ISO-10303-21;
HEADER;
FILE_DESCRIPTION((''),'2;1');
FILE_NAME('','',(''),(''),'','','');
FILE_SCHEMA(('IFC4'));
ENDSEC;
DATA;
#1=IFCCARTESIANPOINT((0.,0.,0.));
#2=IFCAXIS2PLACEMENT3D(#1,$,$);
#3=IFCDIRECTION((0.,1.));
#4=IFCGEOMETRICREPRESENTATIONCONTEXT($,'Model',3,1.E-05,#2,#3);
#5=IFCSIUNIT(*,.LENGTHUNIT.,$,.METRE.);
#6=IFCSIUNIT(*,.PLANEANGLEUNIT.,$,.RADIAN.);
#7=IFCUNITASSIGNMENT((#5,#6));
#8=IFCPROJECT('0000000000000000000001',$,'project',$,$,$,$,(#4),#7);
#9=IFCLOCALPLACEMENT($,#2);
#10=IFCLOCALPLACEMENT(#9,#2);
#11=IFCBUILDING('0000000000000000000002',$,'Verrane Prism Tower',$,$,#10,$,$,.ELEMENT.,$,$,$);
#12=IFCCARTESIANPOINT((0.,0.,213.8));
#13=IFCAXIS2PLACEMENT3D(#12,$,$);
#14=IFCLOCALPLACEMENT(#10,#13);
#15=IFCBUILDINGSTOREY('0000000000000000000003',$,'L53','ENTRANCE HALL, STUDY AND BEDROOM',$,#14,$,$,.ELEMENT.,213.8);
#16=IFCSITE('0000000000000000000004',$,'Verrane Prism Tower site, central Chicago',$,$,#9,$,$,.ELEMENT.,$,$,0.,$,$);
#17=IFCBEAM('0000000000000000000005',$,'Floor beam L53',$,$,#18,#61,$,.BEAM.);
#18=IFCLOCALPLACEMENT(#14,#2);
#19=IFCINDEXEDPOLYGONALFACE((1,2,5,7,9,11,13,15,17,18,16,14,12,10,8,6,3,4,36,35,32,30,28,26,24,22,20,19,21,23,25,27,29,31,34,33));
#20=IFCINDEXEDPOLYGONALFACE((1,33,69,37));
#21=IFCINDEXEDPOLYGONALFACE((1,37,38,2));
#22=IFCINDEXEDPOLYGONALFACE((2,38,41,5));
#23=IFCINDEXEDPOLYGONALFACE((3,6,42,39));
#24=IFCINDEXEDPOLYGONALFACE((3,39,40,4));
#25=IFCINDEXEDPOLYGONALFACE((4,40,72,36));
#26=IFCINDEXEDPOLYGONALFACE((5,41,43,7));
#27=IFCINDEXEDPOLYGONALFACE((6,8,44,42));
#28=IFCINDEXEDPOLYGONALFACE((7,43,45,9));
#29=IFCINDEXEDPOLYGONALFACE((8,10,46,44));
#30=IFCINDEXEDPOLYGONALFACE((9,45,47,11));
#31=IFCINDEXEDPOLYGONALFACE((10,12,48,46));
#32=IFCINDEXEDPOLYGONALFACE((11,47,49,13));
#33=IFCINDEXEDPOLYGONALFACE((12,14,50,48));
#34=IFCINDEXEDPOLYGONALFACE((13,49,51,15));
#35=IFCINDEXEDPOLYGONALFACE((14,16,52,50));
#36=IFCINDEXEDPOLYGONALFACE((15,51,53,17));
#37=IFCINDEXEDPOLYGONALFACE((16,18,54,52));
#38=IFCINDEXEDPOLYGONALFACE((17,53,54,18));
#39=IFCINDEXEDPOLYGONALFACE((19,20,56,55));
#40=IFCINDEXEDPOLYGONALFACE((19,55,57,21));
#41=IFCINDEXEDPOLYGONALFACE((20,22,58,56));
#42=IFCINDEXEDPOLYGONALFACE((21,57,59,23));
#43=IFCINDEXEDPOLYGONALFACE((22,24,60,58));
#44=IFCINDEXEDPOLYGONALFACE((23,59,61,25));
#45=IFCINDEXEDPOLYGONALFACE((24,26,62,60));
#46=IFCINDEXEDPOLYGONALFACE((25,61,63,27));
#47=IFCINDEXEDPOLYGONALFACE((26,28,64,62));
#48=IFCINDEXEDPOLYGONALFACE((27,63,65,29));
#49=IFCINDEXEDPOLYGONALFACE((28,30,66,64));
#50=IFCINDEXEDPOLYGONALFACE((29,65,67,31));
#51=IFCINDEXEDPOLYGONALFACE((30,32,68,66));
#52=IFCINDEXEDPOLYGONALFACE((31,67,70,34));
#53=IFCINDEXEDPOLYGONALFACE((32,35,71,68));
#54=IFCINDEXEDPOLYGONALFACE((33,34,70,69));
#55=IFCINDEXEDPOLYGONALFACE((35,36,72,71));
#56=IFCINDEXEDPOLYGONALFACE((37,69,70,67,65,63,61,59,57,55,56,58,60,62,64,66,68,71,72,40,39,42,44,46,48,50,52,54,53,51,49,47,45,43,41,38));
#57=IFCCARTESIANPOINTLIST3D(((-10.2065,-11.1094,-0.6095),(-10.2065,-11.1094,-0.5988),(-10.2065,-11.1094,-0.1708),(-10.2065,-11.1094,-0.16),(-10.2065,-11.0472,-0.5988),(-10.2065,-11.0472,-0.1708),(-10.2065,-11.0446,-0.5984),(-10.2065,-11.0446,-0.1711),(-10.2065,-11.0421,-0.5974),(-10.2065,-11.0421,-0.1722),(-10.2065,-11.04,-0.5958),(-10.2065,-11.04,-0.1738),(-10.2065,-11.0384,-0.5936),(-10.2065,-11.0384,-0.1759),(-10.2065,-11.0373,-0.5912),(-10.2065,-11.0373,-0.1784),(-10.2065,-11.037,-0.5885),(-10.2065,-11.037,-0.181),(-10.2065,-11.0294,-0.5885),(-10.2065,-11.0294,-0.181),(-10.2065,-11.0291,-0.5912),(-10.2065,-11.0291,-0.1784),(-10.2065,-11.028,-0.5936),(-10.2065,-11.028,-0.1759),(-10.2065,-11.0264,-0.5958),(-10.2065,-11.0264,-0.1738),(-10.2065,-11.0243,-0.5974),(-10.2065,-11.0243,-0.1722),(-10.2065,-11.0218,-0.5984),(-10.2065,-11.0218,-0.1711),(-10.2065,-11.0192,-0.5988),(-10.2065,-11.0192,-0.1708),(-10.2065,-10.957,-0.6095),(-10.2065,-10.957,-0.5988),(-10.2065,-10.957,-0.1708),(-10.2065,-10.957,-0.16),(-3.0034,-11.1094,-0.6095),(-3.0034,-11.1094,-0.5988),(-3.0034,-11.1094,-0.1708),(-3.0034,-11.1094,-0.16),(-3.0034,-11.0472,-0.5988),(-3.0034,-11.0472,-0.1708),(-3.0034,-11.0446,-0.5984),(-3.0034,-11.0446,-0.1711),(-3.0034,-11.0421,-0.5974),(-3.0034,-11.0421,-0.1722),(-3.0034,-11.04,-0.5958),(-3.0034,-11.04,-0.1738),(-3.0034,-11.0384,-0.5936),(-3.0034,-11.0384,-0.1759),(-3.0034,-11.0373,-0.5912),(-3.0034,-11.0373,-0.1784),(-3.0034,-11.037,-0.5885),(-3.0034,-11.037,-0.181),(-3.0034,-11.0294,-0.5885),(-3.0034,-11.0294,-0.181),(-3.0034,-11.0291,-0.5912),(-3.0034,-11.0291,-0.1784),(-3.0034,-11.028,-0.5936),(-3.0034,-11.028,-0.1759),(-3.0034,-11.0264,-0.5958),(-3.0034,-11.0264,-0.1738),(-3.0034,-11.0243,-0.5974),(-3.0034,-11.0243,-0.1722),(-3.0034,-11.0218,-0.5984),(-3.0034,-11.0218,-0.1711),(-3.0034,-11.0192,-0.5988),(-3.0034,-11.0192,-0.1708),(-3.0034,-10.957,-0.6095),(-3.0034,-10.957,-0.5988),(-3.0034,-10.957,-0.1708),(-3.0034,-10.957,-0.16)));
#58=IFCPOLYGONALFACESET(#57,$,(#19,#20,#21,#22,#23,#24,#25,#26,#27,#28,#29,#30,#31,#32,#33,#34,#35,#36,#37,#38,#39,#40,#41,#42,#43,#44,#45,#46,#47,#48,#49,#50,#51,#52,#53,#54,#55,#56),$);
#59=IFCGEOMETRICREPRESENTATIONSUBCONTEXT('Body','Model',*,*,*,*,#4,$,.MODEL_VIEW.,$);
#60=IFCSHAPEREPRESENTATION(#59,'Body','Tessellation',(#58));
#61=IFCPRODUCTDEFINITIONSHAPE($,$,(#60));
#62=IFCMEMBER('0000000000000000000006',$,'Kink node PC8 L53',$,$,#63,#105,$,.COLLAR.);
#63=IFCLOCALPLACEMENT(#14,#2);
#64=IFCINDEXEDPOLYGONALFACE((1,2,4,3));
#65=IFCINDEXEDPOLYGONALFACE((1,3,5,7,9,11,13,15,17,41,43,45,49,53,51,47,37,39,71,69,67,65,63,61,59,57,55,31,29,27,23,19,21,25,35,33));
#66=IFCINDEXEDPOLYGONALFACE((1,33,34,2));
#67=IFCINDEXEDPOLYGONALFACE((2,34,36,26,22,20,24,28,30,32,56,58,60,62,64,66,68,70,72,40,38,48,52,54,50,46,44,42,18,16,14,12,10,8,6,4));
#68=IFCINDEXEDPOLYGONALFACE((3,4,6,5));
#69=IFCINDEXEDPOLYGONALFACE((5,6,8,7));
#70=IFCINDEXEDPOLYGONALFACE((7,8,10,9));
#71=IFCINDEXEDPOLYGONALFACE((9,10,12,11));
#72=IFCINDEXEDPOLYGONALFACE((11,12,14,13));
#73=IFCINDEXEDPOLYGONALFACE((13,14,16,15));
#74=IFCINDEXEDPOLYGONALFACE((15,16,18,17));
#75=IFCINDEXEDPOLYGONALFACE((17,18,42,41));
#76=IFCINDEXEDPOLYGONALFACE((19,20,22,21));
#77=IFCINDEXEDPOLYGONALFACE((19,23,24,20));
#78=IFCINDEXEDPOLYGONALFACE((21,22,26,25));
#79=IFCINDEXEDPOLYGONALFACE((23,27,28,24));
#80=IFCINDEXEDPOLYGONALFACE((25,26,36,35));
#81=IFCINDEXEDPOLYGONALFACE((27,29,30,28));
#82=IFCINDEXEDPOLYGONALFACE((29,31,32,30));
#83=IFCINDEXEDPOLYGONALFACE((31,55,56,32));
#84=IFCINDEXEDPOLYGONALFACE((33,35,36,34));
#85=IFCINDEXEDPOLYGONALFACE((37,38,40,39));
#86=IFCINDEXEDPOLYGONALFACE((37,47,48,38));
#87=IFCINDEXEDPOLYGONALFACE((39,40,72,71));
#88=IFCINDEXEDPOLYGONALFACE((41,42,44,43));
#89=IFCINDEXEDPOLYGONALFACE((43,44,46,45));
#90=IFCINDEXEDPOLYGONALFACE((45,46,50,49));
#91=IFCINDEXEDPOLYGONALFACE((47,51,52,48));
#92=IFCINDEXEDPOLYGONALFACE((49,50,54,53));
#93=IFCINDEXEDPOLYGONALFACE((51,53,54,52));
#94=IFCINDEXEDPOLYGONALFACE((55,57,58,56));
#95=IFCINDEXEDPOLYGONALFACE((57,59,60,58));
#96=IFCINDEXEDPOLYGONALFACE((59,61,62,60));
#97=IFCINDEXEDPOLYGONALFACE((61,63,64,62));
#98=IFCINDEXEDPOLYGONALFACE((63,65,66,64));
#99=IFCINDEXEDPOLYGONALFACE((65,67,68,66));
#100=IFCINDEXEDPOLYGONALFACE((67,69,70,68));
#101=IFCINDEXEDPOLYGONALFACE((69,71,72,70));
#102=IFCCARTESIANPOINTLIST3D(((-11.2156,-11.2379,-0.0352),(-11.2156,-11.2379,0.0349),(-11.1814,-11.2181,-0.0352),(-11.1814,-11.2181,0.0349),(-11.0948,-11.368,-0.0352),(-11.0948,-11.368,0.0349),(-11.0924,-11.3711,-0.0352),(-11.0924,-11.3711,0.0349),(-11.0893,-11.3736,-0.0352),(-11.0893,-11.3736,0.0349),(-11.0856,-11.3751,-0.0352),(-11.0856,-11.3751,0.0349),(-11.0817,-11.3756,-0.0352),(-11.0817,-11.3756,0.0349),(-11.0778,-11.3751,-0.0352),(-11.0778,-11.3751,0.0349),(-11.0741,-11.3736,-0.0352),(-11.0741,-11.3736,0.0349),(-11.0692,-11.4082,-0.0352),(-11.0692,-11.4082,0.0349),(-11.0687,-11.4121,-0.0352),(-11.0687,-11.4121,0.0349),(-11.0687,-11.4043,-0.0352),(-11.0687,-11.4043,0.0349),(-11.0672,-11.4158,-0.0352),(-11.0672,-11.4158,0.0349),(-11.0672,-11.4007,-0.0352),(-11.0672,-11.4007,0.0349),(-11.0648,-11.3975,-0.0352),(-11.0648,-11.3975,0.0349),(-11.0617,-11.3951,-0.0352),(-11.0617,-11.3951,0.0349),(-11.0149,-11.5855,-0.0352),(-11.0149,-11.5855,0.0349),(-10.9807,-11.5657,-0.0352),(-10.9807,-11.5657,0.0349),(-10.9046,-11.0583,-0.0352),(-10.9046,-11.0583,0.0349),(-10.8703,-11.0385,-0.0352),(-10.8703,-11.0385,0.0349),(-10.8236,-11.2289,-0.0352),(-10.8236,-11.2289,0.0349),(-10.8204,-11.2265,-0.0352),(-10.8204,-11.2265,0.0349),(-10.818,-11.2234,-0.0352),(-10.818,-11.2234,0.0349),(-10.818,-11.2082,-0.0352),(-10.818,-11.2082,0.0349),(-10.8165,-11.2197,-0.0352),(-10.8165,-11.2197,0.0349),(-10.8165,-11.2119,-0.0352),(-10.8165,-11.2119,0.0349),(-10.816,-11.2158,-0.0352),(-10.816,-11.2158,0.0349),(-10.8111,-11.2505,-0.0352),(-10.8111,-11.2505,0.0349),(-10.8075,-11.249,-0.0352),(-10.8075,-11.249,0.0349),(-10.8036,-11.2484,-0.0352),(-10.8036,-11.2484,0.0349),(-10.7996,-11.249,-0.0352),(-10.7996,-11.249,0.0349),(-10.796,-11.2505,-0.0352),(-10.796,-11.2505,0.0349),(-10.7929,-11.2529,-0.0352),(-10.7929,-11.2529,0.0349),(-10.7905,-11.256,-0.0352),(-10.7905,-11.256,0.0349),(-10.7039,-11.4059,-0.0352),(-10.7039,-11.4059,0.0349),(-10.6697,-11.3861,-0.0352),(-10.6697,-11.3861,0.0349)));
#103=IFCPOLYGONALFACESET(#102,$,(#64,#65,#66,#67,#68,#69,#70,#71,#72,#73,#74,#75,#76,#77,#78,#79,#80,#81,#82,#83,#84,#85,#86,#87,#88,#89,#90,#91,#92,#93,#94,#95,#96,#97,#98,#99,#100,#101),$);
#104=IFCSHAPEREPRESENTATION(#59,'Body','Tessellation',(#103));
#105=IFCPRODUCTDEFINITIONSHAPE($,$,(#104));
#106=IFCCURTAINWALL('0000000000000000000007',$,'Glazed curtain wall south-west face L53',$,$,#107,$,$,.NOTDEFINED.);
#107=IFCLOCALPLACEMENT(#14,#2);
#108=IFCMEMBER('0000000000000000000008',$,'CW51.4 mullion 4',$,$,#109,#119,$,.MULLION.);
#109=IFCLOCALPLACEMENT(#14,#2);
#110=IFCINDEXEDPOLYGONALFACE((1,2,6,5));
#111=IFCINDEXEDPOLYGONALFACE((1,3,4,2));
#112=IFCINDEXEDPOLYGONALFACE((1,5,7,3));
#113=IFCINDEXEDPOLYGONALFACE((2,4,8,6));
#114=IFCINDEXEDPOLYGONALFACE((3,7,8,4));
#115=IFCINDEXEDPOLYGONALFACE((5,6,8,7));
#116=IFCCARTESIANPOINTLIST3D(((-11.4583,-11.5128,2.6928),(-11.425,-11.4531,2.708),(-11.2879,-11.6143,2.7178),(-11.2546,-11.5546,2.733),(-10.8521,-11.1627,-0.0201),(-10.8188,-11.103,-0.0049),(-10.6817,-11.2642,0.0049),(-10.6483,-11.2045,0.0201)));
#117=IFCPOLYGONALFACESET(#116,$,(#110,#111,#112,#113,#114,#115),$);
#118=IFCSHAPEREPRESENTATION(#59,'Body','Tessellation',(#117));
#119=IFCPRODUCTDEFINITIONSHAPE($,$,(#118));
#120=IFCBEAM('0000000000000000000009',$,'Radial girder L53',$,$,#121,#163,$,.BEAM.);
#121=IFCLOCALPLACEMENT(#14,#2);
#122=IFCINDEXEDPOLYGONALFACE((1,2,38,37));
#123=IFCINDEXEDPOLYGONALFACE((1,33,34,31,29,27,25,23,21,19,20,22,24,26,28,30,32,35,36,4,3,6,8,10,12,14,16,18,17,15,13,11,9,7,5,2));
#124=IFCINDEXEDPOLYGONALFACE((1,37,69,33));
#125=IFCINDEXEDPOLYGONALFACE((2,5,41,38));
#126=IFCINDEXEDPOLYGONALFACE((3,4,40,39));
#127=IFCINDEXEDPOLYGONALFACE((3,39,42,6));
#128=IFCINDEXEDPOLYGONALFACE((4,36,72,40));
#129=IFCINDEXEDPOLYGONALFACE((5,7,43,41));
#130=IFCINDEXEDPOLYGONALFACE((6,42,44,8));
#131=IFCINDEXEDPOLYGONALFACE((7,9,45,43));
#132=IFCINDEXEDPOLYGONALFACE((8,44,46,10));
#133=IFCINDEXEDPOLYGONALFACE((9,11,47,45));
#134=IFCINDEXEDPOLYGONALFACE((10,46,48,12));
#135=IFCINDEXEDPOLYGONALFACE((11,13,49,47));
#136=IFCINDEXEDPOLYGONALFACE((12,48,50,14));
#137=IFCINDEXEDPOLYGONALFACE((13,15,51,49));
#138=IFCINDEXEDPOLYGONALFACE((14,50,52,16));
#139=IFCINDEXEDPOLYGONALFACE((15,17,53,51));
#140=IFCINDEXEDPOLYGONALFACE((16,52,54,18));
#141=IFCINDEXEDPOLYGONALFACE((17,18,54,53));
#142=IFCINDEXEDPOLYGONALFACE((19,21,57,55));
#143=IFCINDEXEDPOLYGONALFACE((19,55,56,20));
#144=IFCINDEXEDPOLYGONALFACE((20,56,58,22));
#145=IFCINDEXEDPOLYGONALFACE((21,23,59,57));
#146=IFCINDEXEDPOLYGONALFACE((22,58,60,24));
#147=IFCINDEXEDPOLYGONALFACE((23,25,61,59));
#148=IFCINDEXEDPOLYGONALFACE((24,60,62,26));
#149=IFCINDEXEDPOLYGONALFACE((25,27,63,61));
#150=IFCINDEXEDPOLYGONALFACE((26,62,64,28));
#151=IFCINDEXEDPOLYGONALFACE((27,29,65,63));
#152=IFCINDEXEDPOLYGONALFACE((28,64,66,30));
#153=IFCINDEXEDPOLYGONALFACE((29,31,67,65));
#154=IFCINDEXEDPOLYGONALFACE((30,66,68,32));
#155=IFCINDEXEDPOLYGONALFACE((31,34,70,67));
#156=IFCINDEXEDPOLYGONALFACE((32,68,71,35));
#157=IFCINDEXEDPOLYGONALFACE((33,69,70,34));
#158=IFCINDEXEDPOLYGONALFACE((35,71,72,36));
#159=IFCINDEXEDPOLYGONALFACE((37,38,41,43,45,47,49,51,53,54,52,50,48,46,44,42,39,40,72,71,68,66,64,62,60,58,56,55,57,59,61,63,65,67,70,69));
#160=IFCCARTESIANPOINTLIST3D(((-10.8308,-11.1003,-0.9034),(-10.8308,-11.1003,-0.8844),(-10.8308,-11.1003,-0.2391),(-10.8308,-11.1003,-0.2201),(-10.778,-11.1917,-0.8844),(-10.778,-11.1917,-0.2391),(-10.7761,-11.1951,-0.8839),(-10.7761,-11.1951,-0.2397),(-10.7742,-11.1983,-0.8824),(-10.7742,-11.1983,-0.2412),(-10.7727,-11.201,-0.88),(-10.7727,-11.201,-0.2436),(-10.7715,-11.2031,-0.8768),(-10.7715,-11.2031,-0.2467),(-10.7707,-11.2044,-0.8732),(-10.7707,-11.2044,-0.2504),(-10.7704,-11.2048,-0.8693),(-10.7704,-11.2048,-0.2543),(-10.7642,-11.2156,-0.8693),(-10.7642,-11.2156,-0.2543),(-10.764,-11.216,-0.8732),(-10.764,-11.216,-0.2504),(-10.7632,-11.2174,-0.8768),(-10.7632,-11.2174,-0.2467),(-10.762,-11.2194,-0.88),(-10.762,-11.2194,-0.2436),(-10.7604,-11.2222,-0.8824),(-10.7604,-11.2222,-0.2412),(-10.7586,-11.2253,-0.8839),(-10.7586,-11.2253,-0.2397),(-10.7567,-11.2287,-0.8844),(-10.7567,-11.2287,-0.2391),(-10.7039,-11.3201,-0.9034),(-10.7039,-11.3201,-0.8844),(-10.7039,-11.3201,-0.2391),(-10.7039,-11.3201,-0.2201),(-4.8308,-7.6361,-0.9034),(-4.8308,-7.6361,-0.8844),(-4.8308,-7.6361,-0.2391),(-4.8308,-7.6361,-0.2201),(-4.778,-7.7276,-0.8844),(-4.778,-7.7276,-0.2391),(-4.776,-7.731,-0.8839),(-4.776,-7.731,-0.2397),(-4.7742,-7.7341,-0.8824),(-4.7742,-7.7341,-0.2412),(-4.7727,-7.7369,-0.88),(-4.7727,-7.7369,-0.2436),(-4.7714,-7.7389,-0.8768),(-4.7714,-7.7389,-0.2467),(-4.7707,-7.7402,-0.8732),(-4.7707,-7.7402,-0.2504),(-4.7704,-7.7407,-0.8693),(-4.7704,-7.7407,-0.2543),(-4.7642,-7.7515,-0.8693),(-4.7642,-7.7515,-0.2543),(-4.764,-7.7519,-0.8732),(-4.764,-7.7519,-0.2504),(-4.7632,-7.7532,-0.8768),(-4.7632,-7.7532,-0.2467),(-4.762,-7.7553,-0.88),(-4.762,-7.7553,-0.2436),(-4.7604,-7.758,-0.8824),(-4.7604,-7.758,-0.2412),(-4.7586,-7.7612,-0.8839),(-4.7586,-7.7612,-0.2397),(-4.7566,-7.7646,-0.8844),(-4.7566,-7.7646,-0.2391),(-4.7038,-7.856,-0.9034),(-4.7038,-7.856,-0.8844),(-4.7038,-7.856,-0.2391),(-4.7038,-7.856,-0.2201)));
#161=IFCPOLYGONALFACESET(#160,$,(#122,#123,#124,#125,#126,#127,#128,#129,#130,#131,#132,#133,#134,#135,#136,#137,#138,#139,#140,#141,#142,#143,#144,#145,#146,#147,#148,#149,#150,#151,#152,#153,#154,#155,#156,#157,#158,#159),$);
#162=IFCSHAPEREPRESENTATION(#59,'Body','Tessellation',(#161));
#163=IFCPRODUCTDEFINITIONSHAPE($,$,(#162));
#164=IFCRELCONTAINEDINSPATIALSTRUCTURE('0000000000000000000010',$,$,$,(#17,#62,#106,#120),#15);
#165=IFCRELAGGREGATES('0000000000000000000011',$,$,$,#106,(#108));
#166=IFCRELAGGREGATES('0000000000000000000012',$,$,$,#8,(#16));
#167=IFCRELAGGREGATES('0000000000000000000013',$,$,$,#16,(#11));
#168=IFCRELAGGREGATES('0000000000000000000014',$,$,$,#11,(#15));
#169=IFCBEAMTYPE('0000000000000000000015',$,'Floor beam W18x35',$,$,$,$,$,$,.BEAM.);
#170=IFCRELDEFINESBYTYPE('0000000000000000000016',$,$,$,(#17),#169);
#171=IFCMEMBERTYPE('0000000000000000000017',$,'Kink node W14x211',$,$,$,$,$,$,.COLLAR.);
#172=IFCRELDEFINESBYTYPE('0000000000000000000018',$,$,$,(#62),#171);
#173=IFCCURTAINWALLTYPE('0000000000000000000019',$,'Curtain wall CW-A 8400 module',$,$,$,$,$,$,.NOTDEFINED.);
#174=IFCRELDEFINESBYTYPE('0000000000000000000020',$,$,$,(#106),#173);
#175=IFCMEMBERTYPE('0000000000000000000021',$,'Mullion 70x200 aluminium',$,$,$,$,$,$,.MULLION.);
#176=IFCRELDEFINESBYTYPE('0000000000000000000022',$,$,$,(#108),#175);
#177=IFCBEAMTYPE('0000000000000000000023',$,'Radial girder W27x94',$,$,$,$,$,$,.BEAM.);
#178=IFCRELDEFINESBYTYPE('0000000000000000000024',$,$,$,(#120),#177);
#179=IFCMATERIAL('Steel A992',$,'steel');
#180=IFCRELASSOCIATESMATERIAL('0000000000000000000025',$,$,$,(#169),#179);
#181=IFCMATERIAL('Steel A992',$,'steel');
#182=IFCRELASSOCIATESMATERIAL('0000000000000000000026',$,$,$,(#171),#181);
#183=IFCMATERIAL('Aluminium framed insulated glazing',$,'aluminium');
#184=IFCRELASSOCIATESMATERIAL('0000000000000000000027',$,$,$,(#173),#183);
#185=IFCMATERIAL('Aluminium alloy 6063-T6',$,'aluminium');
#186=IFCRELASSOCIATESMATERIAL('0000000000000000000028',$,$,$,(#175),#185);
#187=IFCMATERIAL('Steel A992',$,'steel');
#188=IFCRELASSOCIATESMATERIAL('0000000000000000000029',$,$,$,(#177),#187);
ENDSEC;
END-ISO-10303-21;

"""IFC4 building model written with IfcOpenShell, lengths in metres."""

from ifc_helpers import new_model, si_unit, direction, frame, origin, origin_2d, place, context, subcontext, project, spatial, rectangle, i_section, extrude, material, material_profile, profile_set, type_object, element, aggregate, save


model = new_model("IFC4")

# Units and contexts
model_context = context("Model", 3, precision=1e-05, world=origin(), true_north=direction((0.0, 1.0)))
body_context = subcontext(model_context, "Body", "Model", "MODEL_VIEW")
ifc_project = project(units=[si_unit("LENGTHUNIT", "METRE"), si_unit("PLANEANGLEUNIT", "RADIAN")], contexts=[model_context])

# Site, building, storey
site_placement = place(None, origin())
site = spatial("IfcSite", under=ifc_project, at=site_placement, Name="Verrane Prism Tower site, central Chicago", CompositionType="ELEMENT", RefElevation=0.0)
building_placement = place(site_placement, origin())
building = spatial("IfcBuilding", under=site, at=building_placement, Name="Verrane Prism Tower", CompositionType="ELEMENT")
storey_placement = place(building_placement, frame((0.0, 0.0, 213.8)))
storey = spatial("IfcBuildingStorey", under=building, at=storey_placement, Name="L53", Description="ENTRANCE HALL, STUDY AND BEDROOM", CompositionType="ELEMENT", Elevation=213.8)

# Beam
ifc_material_1 = material(Name="Steel A992", Category="steel")
ifc_material_profile_1 = material_profile(ifc_material_1, i_section(OverallWidth=0.1523, OverallDepth=0.4495, WebThickness=0.0076, FlangeThickness=0.0107, FilletRadius=0.0103, at=origin_2d()), Name="W18x35")
ifc_profile_set_1 = profile_set([ifc_material_profile_1], Name="Steel A992")
beam_type_1 = type_object("IfcBeamType", Name="Floor beam W18x35", PredefinedType="BEAM", material=ifc_profile_set_1)
beam_1_placement = place(storey_placement, frame((-10.2065, -11.0332, -0.3848), z_axis=(1.0, 0.0, 0.0), x_axis=(0.0, 1.0, 0.0)))
element("IfcBeam", 1, at=beam_1_placement, inside=storey, type_object=beam_type_1, Name="Floor beam L53", PredefinedType="BEAM", context=body_context, shape_type="SweptSolid", body=[
    extrude(i_section(OverallWidth=0.1523, OverallDepth=0.4495, WebThickness=0.0076, FlangeThickness=0.0107, FilletRadius=0.0103, at=origin_2d()), origin(), (0.0, 0.0, 1.0), 7.2031),
])

# Member
ifc_material_2 = material(Name="Steel A992", Category="steel")
ifc_material_profile_2 = material_profile(ifc_material_2, i_section(OverallWidth=0.4014, OverallDepth=0.3987, WebThickness=0.0249, FlangeThickness=0.0396, FilletRadius=0.0151, at=origin_2d()), Name="W14x211")
ifc_profile_set_2 = profile_set([ifc_material_profile_2], Name="Steel A992")
member_type_1 = type_object("IfcMemberType", Name="Kink node W14x211", PredefinedType="COLLAR", material=ifc_profile_set_2)
member_1_placement = place(storey_placement, frame((-10.9426, -11.312, -0.0352), z_axis=(0.0, 0.0, 1.0), x_axis=(-0.5, 0.866025, 0.0)))
element("IfcMember", 2, at=member_1_placement, inside=storey, type_object=member_type_1, Name="Kink node PC8 L53", PredefinedType="COLLAR", context=body_context, shape_type="SweptSolid", body=[
    extrude(i_section(OverallWidth=0.4014, OverallDepth=0.3987, WebThickness=0.0249, FlangeThickness=0.0396, FilletRadius=0.0151, at=origin_2d()), origin(), (0.0, 0.0, 1.0), 0.0701),
])

# Curtain wall, member
ifc_material_3 = material(Name="Aluminium framed insulated glazing", Category="aluminium")
curtain_wall_type = type_object("IfcCurtainWallType", Name="Curtain wall CW-A 8400 module", PredefinedType="NOTDEFINED", material=ifc_material_3)
curtain_wall_placement = place(storey_placement, origin())
curtain_wall = element("IfcCurtainWall", 3, at=curtain_wall_placement, inside=storey, type_object=curtain_wall_type, Name="Glazed curtain wall south-west face L53", PredefinedType="NOTDEFINED")
ifc_material_4 = material(Name="Aluminium alloy 6063-T6", Category="aluminium")
ifc_material_profile_3 = material_profile(ifc_material_4, rectangle(XDim=0.2, YDim=0.0701, at=origin_2d()), Name="Mullion 70x200 aluminium")
ifc_profile_set_3 = profile_set([ifc_material_profile_3], Name="Aluminium alloy 6063-T6")
member_type_2 = type_object("IfcMemberType", Name="Mullion 70x200 aluminium", PredefinedType="MULLION", material=ifc_profile_set_3)
member_2_placement = place(storey_placement, frame((-10.7502, -11.1836, 0.0), z_axis=(-0.216365, -0.124957, 0.968283), x_axis=(0.852358, -0.507817, 0.124928)))
member_2 = element("IfcMember", 4, at=member_2_placement, type_object=member_type_2, Name="CW51.4 mullion 4", PredefinedType="MULLION", context=body_context, shape_type="SweptSolid", body=[
    extrude(rectangle(XDim=0.2, YDim=0.0701, at=origin_2d()), origin(), (0.0, 0.0, 1.0), 2.8018),
])

# Beam
ifc_material_5 = material(Name="Steel A992", Category="steel")
ifc_material_profile_4 = material_profile(ifc_material_5, i_section(OverallWidth=0.2539, OverallDepth=0.6833, WebThickness=0.0125, FlangeThickness=0.019, FilletRadius=0.0151, at=origin_2d()), Name="W27x94")
ifc_profile_set_4 = profile_set([ifc_material_profile_4], Name="Steel A992")
beam_type_2 = type_object("IfcBeamType", Name="Radial girder W27x94", PredefinedType="BEAM", material=ifc_profile_set_4)
beam_2_placement = place(storey_placement, frame((-10.7673, -11.2102, -0.5618), z_axis=(0.866025, 0.500001, 0.0), x_axis=(-0.500001, 0.866025, 0.0)))
element("IfcBeam", 5, at=beam_2_placement, inside=storey, type_object=beam_type_2, Name="Radial girder L53", PredefinedType="BEAM", context=body_context, shape_type="SweptSolid", body=[
    extrude(i_section(OverallWidth=0.2539, OverallDepth=0.6833, WebThickness=0.0125, FlangeThickness=0.019, FilletRadius=0.0151, at=origin_2d()), origin(), (0.0, 0.0, 1.0), 6.9282),
])

aggregate(curtain_wall, [member_2])

save(model, "model.ifc")
